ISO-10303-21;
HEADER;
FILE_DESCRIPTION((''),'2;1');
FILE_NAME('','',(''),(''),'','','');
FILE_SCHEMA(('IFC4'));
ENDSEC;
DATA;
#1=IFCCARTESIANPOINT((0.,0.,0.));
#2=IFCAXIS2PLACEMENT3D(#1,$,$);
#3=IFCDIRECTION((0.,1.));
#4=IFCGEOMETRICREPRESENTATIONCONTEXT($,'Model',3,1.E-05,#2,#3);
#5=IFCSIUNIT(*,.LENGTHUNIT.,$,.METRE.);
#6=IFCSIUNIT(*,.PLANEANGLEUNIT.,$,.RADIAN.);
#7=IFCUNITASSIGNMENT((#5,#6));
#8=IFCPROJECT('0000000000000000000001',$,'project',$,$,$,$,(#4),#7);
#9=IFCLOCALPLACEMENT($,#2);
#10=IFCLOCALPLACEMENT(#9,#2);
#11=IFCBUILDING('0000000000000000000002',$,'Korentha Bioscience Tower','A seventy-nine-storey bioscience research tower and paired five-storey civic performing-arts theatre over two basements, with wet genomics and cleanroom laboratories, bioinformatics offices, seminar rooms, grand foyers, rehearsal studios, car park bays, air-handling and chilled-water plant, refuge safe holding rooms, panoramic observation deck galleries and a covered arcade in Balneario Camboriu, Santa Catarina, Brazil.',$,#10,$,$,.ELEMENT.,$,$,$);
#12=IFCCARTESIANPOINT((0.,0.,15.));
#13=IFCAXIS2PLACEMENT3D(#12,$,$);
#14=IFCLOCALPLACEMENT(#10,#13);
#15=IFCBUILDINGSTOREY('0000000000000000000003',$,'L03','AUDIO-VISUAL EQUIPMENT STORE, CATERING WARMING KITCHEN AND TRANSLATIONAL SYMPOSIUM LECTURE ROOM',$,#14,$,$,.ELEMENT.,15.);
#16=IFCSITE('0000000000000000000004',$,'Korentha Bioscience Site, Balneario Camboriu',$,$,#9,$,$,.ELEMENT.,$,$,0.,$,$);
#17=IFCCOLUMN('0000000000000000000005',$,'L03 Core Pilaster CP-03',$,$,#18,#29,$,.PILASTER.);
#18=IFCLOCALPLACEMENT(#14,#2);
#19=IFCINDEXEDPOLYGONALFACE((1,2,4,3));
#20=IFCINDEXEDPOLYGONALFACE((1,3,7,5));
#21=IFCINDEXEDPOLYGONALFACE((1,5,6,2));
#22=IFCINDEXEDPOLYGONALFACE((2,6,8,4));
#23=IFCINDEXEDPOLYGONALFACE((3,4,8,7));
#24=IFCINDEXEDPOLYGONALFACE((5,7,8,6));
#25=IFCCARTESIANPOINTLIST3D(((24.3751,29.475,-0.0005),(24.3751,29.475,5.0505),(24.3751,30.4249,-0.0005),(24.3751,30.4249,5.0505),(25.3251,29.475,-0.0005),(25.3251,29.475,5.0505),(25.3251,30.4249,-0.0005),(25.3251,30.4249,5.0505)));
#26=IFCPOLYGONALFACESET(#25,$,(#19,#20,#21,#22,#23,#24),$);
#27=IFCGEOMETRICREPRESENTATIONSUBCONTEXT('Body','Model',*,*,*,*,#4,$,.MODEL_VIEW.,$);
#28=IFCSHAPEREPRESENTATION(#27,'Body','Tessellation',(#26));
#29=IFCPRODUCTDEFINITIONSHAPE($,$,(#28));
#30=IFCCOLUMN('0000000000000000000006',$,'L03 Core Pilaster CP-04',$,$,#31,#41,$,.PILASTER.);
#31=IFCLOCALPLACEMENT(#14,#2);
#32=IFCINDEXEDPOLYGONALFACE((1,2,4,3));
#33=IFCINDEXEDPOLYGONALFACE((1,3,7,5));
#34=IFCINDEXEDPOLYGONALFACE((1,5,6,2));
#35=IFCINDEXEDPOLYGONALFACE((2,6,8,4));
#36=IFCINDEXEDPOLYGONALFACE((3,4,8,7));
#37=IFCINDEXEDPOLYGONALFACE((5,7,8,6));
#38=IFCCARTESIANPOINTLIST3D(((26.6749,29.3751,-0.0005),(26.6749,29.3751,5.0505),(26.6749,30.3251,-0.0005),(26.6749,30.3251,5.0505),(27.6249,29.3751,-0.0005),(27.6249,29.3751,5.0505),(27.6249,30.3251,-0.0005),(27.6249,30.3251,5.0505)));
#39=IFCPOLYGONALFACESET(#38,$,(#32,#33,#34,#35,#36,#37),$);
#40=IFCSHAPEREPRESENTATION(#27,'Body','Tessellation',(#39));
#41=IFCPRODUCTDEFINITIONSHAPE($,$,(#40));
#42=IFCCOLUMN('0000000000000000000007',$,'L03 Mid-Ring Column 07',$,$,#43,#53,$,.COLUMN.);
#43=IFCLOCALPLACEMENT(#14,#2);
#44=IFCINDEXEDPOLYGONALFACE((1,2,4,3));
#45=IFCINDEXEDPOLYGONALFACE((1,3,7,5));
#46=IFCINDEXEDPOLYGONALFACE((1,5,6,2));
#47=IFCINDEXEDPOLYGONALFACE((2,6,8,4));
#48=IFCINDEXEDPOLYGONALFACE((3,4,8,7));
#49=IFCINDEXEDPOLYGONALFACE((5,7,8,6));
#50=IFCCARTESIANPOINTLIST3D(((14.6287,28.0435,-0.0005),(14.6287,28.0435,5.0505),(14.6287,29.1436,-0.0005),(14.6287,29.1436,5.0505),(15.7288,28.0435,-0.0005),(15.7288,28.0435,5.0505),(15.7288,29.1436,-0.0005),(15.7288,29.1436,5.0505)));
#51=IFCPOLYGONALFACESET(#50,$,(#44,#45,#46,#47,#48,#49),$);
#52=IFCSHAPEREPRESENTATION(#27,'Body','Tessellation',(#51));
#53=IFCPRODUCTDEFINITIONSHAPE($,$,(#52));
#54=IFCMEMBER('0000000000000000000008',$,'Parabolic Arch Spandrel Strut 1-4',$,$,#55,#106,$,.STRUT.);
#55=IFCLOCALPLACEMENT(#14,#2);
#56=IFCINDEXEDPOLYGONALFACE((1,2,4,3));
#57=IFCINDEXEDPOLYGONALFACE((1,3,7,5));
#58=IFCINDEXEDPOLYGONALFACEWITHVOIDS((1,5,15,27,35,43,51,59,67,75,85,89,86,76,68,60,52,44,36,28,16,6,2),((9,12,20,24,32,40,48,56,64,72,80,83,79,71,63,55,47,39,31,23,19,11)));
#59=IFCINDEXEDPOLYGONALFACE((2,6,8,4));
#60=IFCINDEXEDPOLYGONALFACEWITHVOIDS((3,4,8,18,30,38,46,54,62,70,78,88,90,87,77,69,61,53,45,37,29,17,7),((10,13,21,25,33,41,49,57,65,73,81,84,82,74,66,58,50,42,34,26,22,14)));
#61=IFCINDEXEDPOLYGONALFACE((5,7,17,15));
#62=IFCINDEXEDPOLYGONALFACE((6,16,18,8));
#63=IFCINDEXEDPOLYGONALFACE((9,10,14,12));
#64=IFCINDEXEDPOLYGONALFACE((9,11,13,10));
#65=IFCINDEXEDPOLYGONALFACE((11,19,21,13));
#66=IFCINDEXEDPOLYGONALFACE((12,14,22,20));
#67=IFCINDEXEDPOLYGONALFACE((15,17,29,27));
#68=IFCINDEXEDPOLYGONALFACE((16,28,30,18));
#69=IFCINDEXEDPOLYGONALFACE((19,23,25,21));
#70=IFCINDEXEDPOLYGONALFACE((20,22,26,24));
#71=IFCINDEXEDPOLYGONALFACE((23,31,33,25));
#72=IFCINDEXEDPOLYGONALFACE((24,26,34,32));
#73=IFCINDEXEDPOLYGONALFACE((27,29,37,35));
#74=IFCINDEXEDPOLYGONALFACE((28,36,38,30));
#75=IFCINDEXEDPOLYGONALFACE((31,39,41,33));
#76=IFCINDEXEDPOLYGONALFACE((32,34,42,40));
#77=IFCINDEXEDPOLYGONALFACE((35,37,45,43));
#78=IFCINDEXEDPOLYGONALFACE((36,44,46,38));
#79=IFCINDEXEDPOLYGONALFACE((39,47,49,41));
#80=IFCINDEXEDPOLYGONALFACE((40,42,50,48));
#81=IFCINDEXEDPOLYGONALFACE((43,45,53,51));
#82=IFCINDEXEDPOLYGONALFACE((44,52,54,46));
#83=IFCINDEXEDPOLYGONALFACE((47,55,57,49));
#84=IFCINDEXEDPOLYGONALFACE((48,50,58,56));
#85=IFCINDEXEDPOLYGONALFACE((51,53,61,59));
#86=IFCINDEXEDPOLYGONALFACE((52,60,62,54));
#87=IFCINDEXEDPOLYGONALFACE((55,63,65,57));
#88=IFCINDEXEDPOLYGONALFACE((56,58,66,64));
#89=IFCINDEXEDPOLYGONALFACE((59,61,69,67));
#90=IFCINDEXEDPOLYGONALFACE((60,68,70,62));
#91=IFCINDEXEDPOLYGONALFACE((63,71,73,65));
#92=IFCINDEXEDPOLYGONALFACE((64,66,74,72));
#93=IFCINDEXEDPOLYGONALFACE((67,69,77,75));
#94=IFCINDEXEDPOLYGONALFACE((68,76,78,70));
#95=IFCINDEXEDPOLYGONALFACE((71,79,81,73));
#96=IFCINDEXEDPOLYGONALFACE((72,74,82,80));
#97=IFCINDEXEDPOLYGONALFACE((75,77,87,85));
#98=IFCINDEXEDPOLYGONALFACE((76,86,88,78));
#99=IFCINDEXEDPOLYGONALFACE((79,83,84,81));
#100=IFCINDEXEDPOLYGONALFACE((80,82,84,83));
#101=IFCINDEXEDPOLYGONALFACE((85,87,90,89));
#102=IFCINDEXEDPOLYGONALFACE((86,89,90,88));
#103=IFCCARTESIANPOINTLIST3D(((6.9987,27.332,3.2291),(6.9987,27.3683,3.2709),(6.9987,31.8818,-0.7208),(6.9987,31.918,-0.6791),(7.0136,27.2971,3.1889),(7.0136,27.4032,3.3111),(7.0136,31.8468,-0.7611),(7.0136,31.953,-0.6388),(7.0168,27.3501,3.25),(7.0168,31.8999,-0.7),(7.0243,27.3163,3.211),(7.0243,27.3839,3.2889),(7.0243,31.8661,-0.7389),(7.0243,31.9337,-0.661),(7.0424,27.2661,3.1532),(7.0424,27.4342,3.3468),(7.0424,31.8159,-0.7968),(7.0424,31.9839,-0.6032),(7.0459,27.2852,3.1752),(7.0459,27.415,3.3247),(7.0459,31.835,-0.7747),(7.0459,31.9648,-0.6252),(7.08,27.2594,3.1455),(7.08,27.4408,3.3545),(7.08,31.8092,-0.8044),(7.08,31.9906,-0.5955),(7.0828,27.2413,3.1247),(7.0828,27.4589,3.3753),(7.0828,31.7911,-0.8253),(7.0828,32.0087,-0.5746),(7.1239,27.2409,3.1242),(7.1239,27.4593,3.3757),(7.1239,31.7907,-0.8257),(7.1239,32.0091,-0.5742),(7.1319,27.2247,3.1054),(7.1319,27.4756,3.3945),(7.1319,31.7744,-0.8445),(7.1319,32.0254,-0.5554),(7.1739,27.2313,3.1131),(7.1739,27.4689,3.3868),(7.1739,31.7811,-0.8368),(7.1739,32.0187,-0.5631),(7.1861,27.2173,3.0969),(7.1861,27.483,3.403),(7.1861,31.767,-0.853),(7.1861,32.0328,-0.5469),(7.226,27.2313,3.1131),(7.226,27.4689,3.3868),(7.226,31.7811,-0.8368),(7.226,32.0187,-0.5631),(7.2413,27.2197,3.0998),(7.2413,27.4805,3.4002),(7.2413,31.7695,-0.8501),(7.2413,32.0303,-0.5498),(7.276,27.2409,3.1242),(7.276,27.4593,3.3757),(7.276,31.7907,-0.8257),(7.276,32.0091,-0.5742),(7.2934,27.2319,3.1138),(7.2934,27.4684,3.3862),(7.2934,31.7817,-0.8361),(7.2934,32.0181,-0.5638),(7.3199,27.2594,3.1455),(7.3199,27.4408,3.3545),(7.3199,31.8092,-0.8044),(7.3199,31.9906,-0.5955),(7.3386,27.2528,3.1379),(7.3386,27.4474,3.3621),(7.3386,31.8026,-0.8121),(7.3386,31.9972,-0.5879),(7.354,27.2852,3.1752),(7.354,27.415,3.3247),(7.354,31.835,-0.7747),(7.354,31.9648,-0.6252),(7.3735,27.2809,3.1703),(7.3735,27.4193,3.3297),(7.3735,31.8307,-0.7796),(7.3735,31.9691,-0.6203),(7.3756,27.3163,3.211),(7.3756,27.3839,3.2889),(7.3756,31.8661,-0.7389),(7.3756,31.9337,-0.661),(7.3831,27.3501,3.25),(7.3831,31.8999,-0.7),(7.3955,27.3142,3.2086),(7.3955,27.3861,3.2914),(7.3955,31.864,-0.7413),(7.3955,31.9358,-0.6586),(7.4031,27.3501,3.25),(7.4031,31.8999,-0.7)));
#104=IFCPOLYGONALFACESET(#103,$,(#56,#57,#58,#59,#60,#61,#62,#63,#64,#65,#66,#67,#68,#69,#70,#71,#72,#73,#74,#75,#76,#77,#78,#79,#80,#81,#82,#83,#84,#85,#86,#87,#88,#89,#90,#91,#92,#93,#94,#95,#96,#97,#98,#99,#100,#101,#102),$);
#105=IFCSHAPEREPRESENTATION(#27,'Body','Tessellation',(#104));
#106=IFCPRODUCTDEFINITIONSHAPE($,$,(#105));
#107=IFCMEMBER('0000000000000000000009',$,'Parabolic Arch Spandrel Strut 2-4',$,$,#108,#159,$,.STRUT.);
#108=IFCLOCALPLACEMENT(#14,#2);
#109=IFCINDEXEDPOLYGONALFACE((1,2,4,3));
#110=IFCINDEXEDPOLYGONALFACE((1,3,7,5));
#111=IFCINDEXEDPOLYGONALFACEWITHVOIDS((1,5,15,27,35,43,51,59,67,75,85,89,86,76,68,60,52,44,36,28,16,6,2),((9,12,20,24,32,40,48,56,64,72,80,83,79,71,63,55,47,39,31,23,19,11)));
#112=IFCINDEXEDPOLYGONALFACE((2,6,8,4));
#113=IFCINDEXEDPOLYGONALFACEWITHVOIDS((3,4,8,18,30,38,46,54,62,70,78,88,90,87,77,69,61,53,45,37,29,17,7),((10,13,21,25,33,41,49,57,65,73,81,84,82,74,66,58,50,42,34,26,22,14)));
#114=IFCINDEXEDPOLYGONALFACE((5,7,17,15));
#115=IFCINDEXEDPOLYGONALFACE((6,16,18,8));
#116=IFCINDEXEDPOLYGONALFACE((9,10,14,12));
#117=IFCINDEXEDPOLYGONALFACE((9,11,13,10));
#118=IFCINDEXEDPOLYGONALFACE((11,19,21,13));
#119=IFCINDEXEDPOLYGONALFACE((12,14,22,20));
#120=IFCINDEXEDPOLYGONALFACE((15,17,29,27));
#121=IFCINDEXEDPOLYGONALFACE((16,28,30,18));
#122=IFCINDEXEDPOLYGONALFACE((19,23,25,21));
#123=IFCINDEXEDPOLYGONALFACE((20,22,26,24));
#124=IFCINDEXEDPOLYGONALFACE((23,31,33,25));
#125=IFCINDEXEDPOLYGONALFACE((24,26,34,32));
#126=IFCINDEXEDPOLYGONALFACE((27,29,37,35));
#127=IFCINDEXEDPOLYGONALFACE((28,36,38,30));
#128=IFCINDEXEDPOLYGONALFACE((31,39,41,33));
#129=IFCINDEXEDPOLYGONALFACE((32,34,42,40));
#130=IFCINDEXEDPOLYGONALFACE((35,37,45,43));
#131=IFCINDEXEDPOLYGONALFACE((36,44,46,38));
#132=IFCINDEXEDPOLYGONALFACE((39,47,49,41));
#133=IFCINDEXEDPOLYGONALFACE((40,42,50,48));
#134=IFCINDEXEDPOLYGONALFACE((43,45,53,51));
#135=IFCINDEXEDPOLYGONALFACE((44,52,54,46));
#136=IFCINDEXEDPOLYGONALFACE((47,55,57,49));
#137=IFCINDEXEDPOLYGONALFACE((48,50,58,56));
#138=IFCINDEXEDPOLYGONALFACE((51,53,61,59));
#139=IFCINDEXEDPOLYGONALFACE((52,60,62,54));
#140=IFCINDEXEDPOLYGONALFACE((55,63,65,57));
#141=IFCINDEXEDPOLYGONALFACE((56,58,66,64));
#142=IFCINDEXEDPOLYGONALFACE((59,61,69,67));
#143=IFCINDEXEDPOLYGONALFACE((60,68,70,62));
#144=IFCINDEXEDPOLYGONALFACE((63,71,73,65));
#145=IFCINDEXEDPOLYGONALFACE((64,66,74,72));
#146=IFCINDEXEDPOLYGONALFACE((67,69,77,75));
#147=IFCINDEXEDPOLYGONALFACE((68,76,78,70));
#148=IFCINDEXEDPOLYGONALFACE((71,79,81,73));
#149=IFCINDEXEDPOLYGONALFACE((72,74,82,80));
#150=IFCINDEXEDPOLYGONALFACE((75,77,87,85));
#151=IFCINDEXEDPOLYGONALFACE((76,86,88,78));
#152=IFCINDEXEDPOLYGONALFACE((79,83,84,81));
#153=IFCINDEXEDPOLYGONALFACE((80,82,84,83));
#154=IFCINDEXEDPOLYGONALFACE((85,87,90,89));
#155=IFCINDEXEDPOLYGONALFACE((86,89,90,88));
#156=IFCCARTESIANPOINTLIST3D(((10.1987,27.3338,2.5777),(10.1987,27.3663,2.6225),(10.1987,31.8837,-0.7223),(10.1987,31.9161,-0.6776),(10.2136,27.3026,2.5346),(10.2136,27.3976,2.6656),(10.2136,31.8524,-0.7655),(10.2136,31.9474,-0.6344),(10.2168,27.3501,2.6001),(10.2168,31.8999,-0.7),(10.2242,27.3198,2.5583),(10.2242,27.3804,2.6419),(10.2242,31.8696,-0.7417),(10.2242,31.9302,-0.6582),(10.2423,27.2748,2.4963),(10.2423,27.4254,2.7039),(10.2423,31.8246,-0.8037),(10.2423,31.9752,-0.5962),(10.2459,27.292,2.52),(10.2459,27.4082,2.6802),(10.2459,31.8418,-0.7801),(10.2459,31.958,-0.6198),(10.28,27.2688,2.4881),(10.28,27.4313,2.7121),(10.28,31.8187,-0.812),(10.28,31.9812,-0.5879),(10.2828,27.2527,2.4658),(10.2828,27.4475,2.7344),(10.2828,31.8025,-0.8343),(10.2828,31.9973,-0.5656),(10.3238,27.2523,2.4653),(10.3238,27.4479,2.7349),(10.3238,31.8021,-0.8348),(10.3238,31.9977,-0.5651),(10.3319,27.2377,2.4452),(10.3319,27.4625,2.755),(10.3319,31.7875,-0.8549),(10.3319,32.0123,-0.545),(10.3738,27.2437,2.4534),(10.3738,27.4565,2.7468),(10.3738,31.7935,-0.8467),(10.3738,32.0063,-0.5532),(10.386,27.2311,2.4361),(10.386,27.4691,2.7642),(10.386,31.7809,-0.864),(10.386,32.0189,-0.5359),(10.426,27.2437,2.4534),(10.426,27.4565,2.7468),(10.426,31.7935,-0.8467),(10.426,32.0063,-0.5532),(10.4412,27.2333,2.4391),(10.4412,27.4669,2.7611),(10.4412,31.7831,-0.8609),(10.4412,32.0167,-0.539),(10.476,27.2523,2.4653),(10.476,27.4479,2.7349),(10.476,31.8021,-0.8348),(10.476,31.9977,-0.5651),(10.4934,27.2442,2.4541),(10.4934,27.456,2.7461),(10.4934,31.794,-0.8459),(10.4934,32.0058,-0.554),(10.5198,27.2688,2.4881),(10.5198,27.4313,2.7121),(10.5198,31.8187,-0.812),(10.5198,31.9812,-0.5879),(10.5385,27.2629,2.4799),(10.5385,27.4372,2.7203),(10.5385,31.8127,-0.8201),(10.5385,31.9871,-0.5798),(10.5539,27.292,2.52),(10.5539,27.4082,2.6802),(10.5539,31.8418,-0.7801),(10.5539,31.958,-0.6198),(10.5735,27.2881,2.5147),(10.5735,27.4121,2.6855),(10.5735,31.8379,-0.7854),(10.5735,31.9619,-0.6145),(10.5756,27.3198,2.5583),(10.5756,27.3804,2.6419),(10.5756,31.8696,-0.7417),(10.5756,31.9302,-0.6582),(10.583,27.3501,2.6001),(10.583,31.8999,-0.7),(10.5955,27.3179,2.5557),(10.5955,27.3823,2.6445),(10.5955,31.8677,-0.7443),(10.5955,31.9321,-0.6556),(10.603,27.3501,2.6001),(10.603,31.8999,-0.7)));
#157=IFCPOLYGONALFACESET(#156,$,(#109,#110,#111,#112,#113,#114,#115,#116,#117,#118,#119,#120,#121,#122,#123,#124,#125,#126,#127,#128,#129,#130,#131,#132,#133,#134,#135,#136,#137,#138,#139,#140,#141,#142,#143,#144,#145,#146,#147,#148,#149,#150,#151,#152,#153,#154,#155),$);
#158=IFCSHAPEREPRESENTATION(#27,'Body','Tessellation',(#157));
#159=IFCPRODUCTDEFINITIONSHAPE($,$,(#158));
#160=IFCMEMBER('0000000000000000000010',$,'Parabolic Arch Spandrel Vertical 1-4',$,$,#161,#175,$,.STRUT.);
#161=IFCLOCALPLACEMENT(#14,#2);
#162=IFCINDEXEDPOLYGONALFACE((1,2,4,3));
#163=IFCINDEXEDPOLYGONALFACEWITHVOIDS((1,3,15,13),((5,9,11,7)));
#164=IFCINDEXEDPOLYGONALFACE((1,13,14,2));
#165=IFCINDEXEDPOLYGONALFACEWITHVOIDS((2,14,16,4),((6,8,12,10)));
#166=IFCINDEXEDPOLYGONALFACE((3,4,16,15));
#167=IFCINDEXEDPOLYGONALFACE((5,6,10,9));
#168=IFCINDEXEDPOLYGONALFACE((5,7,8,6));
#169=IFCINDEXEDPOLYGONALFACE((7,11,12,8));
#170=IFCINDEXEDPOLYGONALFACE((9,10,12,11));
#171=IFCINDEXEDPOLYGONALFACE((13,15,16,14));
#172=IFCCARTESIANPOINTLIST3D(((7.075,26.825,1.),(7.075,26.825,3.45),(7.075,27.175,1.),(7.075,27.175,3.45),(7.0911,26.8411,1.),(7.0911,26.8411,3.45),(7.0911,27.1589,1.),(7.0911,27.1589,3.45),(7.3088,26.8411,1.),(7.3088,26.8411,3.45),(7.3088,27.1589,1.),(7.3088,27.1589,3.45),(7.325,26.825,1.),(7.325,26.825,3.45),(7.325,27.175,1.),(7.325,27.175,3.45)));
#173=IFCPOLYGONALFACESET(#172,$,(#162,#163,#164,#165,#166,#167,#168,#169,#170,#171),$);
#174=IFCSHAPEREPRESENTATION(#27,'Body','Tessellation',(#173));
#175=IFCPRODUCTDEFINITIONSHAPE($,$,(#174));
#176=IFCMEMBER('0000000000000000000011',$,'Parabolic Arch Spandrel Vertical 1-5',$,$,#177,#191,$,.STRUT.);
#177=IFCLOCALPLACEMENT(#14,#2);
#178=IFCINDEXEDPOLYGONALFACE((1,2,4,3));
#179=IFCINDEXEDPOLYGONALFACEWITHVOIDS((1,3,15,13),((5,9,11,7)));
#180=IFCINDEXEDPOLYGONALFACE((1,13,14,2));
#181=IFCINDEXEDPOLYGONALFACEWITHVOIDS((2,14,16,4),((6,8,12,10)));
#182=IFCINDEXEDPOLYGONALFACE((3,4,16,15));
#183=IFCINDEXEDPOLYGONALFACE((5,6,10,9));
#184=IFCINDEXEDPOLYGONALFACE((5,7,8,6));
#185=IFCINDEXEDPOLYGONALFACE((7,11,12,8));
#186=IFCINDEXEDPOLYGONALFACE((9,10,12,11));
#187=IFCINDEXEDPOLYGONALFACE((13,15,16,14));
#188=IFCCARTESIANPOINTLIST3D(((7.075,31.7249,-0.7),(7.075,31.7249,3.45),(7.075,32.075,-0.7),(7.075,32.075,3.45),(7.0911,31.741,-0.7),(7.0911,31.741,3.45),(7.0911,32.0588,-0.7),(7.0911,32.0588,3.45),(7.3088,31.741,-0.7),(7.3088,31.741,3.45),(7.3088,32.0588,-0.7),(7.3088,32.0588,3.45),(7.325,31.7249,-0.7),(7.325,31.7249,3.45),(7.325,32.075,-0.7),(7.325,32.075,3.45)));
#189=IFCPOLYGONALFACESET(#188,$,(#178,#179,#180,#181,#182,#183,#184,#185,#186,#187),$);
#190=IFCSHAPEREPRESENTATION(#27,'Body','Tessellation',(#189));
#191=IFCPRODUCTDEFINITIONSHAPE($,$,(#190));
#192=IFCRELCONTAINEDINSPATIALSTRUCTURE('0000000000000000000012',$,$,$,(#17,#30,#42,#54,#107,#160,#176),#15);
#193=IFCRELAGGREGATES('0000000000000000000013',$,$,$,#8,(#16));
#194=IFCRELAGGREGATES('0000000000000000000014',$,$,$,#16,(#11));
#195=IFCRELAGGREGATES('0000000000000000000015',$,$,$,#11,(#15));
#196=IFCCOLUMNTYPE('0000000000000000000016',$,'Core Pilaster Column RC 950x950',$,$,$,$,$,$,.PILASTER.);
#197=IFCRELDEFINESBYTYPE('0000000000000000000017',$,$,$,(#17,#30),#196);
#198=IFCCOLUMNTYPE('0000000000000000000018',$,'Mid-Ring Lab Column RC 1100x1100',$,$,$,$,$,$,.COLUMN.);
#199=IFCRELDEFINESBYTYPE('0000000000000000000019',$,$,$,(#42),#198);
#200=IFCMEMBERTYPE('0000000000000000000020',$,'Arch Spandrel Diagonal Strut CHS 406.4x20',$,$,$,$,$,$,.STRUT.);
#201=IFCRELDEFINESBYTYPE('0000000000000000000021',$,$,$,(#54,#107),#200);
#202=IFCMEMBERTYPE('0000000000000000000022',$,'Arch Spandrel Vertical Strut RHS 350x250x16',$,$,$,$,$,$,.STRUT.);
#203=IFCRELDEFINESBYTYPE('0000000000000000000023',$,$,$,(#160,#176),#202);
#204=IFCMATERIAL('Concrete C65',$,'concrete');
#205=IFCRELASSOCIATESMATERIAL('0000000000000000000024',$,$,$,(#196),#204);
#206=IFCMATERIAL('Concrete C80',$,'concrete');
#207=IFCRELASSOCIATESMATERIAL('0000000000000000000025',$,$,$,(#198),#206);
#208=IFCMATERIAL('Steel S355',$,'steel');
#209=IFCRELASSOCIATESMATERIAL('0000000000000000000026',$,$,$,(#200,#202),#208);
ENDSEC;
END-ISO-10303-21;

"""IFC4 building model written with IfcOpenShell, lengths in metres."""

from ifc_helpers import new_model, si_unit, direction, frame, origin, origin_2d, place, context, subcontext, project, spatial, rectangle, hollow_rectangle, hollow_circle, extrude, material, material_profile, profile_set, type_object, element, save


model = new_model("IFC4")

# Units and contexts
model_context = context("Model", 3, precision=1e-05, world=origin(), true_north=direction((0.0, 1.0)))
body_context = subcontext(model_context, "Body", "Model", "MODEL_VIEW")
ifc_project = project(units=[si_unit("LENGTHUNIT", "METRE"), si_unit("PLANEANGLEUNIT", "RADIAN")], contexts=[model_context])

# Site, building, storey
site_placement = place(None, origin())
site = spatial("IfcSite", under=ifc_project, at=site_placement, Name="Korentha Bioscience Site, Balneario Camboriu", CompositionType="ELEMENT", RefElevation=0.0)
building_placement = place(site_placement, origin())
building = spatial("IfcBuilding", under=site, at=building_placement, Name="Korentha Bioscience Tower", Description="A seventy-nine-storey bioscience research tower and paired five-storey civic performing-arts theatre over two basements, with wet genomics and cleanroom laboratories, bioinformatics offices, seminar rooms, grand foyers, rehearsal studios, car park bays, air-handling and chilled-water plant, refuge safe holding rooms, panoramic observation deck galleries and a covered arcade in Balneario Camboriu, Santa Catarina, Brazil.", CompositionType="ELEMENT")
storey_placement = place(building_placement, frame((0.0, 0.0, 15.0)))
storey = spatial("IfcBuildingStorey", under=building, at=storey_placement, Name="L03", Description="AUDIO-VISUAL EQUIPMENT STORE, CATERING WARMING KITCHEN AND TRANSLATIONAL SYMPOSIUM LECTURE ROOM", CompositionType="ELEMENT", Elevation=15.0)

# Columns
ifc_material_1 = material(Name="Concrete C65", Category="concrete")
ifc_material_profile_1 = material_profile(ifc_material_1, rectangle(XDim=0.95, YDim=0.95, at=origin_2d()), Name="Concrete C65")
ifc_profile_set_1 = profile_set([ifc_material_profile_1], Name="Concrete C65 (COL-CP09)")
column_type_1 = type_object("IfcColumnType", Name="Core Pilaster Column RC 950x950", PredefinedType="PILASTER", material=ifc_profile_set_1)
for number, where, z_axis, x_axis, name in (
    (1, (24.8501, 29.95, -0.0005), (0.0, 0.0, 1.0), (1.0, 0.0, 0.0), "L03 Core Pilaster CP-03"),
    (2, (27.1499, 29.8501, -0.0005), (0.0, 0.0, 1.0), (1.0, 0.0, 0.0), "L03 Core Pilaster CP-04"),
):
    element("IfcColumn", number, at=place(storey_placement, frame(where, z_axis=z_axis, x_axis=x_axis)), inside=storey, type_object=column_type_1, Name=name, PredefinedType="PILASTER", context=body_context, shape_type="SweptSolid", body=[
        extrude(rectangle(XDim=0.95, YDim=0.95, at=origin_2d()), origin(), (0.0, 0.0, 1.0), 5.051),
    ])
ifc_material_2 = material(Name="Concrete C80", Category="concrete")
ifc_material_profile_2 = material_profile(ifc_material_2, rectangle(XDim=1.1001, YDim=1.1001, at=origin_2d()), Name="Concrete C80")
ifc_profile_set_2 = profile_set([ifc_material_profile_2], Name="Concrete C80 (COL-MR11)")
column_type_2 = type_object("IfcColumnType", Name="Mid-Ring Lab Column RC 1100x1100", PredefinedType="COLUMN", material=ifc_profile_set_2)
column_placement = place(storey_placement, frame((15.1787, 28.5935, -0.0005), z_axis=(0.0, 0.0, 1.0), x_axis=(1.0, 0.0, 0.0)))
element("IfcColumn", 3, at=column_placement, inside=storey, type_object=column_type_2, Name="L03 Mid-Ring Column 07", PredefinedType="COLUMN", context=body_context, shape_type="SweptSolid", body=[
    extrude(rectangle(XDim=1.1001, YDim=1.1001, at=origin_2d()), origin(), (0.0, 0.0, 1.0), 5.051),
])

# Members
ifc_material_3 = material(Name="Steel S355", Category="steel")
ifc_material_profile_3 = material_profile(ifc_material_3, hollow_circle(Radius=0.2031, WallThickness=0.02, at=origin_2d()), Name="Steel S355")
ifc_profile_set_3 = profile_set([ifc_material_profile_3], Name="Steel S355 (AR-ST406)")
member_type_1 = type_object("IfcMemberType", Name="Arch Spandrel Diagonal Strut CHS 406.4x20", PredefinedType="STRUT", material=ifc_profile_set_3)
member_1_placement = place(storey_placement, frame((7.2, 31.8999, -0.7), z_axis=(0.0, -0.755131, 0.655574), x_axis=(1.0, 0.0, 0.0)))
element("IfcMember", 4, at=member_1_placement, inside=storey, type_object=member_type_1, Name="Parabolic Arch Spandrel Strut 1-4", PredefinedType="STRUT", context=body_context, shape_type="SweptSolid", body=[
    extrude(hollow_circle(Radius=0.2031, WallThickness=0.02, at=origin_2d()), origin(), (0.0, 0.0, 1.0), 6.0251),
])
member_2_placement = place(storey_placement, frame((10.3999, 31.8999, -0.7), z_axis=(0.0, -0.809489, 0.587136), x_axis=(1.0, 0.0, 0.0)))
element("IfcMember", 5, at=member_2_placement, inside=storey, type_object=member_type_1, Name="Parabolic Arch Spandrel Strut 2-4", PredefinedType="STRUT", context=body_context, shape_type="SweptSolid", body=[
    extrude(hollow_circle(Radius=0.2031, WallThickness=0.02, at=origin_2d()), origin(), (0.0, 0.0, 1.0), 5.6206),
])
ifc_material_profile_4 = material_profile(ifc_material_3, hollow_rectangle(XDim=0.25, YDim=0.3501, WallThickness=0.0161, at=origin_2d()), Name="Steel S355")
ifc_profile_set_4 = profile_set([ifc_material_profile_4], Name="Steel S355 (BT-P350)")
member_type_2 = type_object("IfcMemberType", Name="Arch Spandrel Vertical Strut RHS 350x250x16", PredefinedType="STRUT", material=ifc_profile_set_4)
member_3_placement = place(storey_placement, frame((7.2, 27.0, 1.0), z_axis=(0.0, 0.0, 1.0), x_axis=(1.0, 0.0, 0.0)))
element("IfcMember", 6, at=member_3_placement, inside=storey, type_object=member_type_2, Name="Parabolic Arch Spandrel Vertical 1-4", PredefinedType="STRUT", context=body_context, shape_type="SweptSolid", body=[
    extrude(hollow_rectangle(XDim=0.25, YDim=0.3501, WallThickness=0.0161, at=origin_2d()), origin(), (0.0, 0.0, 1.0), 2.45),
])
member_4_placement = place(storey_placement, frame((7.2, 31.8999, -0.7), z_axis=(0.0, 0.0, 1.0), x_axis=(1.0, 0.0, 0.0)))
element("IfcMember", 7, at=member_4_placement, inside=storey, type_object=member_type_2, Name="Parabolic Arch Spandrel Vertical 1-5", PredefinedType="STRUT", context=body_context, shape_type="SweptSolid", body=[
    extrude(hollow_rectangle(XDim=0.25, YDim=0.3501, WallThickness=0.0161, at=origin_2d()), origin(), (0.0, 0.0, 1.0), 4.1499),
])

save(model, "model.ifc")
